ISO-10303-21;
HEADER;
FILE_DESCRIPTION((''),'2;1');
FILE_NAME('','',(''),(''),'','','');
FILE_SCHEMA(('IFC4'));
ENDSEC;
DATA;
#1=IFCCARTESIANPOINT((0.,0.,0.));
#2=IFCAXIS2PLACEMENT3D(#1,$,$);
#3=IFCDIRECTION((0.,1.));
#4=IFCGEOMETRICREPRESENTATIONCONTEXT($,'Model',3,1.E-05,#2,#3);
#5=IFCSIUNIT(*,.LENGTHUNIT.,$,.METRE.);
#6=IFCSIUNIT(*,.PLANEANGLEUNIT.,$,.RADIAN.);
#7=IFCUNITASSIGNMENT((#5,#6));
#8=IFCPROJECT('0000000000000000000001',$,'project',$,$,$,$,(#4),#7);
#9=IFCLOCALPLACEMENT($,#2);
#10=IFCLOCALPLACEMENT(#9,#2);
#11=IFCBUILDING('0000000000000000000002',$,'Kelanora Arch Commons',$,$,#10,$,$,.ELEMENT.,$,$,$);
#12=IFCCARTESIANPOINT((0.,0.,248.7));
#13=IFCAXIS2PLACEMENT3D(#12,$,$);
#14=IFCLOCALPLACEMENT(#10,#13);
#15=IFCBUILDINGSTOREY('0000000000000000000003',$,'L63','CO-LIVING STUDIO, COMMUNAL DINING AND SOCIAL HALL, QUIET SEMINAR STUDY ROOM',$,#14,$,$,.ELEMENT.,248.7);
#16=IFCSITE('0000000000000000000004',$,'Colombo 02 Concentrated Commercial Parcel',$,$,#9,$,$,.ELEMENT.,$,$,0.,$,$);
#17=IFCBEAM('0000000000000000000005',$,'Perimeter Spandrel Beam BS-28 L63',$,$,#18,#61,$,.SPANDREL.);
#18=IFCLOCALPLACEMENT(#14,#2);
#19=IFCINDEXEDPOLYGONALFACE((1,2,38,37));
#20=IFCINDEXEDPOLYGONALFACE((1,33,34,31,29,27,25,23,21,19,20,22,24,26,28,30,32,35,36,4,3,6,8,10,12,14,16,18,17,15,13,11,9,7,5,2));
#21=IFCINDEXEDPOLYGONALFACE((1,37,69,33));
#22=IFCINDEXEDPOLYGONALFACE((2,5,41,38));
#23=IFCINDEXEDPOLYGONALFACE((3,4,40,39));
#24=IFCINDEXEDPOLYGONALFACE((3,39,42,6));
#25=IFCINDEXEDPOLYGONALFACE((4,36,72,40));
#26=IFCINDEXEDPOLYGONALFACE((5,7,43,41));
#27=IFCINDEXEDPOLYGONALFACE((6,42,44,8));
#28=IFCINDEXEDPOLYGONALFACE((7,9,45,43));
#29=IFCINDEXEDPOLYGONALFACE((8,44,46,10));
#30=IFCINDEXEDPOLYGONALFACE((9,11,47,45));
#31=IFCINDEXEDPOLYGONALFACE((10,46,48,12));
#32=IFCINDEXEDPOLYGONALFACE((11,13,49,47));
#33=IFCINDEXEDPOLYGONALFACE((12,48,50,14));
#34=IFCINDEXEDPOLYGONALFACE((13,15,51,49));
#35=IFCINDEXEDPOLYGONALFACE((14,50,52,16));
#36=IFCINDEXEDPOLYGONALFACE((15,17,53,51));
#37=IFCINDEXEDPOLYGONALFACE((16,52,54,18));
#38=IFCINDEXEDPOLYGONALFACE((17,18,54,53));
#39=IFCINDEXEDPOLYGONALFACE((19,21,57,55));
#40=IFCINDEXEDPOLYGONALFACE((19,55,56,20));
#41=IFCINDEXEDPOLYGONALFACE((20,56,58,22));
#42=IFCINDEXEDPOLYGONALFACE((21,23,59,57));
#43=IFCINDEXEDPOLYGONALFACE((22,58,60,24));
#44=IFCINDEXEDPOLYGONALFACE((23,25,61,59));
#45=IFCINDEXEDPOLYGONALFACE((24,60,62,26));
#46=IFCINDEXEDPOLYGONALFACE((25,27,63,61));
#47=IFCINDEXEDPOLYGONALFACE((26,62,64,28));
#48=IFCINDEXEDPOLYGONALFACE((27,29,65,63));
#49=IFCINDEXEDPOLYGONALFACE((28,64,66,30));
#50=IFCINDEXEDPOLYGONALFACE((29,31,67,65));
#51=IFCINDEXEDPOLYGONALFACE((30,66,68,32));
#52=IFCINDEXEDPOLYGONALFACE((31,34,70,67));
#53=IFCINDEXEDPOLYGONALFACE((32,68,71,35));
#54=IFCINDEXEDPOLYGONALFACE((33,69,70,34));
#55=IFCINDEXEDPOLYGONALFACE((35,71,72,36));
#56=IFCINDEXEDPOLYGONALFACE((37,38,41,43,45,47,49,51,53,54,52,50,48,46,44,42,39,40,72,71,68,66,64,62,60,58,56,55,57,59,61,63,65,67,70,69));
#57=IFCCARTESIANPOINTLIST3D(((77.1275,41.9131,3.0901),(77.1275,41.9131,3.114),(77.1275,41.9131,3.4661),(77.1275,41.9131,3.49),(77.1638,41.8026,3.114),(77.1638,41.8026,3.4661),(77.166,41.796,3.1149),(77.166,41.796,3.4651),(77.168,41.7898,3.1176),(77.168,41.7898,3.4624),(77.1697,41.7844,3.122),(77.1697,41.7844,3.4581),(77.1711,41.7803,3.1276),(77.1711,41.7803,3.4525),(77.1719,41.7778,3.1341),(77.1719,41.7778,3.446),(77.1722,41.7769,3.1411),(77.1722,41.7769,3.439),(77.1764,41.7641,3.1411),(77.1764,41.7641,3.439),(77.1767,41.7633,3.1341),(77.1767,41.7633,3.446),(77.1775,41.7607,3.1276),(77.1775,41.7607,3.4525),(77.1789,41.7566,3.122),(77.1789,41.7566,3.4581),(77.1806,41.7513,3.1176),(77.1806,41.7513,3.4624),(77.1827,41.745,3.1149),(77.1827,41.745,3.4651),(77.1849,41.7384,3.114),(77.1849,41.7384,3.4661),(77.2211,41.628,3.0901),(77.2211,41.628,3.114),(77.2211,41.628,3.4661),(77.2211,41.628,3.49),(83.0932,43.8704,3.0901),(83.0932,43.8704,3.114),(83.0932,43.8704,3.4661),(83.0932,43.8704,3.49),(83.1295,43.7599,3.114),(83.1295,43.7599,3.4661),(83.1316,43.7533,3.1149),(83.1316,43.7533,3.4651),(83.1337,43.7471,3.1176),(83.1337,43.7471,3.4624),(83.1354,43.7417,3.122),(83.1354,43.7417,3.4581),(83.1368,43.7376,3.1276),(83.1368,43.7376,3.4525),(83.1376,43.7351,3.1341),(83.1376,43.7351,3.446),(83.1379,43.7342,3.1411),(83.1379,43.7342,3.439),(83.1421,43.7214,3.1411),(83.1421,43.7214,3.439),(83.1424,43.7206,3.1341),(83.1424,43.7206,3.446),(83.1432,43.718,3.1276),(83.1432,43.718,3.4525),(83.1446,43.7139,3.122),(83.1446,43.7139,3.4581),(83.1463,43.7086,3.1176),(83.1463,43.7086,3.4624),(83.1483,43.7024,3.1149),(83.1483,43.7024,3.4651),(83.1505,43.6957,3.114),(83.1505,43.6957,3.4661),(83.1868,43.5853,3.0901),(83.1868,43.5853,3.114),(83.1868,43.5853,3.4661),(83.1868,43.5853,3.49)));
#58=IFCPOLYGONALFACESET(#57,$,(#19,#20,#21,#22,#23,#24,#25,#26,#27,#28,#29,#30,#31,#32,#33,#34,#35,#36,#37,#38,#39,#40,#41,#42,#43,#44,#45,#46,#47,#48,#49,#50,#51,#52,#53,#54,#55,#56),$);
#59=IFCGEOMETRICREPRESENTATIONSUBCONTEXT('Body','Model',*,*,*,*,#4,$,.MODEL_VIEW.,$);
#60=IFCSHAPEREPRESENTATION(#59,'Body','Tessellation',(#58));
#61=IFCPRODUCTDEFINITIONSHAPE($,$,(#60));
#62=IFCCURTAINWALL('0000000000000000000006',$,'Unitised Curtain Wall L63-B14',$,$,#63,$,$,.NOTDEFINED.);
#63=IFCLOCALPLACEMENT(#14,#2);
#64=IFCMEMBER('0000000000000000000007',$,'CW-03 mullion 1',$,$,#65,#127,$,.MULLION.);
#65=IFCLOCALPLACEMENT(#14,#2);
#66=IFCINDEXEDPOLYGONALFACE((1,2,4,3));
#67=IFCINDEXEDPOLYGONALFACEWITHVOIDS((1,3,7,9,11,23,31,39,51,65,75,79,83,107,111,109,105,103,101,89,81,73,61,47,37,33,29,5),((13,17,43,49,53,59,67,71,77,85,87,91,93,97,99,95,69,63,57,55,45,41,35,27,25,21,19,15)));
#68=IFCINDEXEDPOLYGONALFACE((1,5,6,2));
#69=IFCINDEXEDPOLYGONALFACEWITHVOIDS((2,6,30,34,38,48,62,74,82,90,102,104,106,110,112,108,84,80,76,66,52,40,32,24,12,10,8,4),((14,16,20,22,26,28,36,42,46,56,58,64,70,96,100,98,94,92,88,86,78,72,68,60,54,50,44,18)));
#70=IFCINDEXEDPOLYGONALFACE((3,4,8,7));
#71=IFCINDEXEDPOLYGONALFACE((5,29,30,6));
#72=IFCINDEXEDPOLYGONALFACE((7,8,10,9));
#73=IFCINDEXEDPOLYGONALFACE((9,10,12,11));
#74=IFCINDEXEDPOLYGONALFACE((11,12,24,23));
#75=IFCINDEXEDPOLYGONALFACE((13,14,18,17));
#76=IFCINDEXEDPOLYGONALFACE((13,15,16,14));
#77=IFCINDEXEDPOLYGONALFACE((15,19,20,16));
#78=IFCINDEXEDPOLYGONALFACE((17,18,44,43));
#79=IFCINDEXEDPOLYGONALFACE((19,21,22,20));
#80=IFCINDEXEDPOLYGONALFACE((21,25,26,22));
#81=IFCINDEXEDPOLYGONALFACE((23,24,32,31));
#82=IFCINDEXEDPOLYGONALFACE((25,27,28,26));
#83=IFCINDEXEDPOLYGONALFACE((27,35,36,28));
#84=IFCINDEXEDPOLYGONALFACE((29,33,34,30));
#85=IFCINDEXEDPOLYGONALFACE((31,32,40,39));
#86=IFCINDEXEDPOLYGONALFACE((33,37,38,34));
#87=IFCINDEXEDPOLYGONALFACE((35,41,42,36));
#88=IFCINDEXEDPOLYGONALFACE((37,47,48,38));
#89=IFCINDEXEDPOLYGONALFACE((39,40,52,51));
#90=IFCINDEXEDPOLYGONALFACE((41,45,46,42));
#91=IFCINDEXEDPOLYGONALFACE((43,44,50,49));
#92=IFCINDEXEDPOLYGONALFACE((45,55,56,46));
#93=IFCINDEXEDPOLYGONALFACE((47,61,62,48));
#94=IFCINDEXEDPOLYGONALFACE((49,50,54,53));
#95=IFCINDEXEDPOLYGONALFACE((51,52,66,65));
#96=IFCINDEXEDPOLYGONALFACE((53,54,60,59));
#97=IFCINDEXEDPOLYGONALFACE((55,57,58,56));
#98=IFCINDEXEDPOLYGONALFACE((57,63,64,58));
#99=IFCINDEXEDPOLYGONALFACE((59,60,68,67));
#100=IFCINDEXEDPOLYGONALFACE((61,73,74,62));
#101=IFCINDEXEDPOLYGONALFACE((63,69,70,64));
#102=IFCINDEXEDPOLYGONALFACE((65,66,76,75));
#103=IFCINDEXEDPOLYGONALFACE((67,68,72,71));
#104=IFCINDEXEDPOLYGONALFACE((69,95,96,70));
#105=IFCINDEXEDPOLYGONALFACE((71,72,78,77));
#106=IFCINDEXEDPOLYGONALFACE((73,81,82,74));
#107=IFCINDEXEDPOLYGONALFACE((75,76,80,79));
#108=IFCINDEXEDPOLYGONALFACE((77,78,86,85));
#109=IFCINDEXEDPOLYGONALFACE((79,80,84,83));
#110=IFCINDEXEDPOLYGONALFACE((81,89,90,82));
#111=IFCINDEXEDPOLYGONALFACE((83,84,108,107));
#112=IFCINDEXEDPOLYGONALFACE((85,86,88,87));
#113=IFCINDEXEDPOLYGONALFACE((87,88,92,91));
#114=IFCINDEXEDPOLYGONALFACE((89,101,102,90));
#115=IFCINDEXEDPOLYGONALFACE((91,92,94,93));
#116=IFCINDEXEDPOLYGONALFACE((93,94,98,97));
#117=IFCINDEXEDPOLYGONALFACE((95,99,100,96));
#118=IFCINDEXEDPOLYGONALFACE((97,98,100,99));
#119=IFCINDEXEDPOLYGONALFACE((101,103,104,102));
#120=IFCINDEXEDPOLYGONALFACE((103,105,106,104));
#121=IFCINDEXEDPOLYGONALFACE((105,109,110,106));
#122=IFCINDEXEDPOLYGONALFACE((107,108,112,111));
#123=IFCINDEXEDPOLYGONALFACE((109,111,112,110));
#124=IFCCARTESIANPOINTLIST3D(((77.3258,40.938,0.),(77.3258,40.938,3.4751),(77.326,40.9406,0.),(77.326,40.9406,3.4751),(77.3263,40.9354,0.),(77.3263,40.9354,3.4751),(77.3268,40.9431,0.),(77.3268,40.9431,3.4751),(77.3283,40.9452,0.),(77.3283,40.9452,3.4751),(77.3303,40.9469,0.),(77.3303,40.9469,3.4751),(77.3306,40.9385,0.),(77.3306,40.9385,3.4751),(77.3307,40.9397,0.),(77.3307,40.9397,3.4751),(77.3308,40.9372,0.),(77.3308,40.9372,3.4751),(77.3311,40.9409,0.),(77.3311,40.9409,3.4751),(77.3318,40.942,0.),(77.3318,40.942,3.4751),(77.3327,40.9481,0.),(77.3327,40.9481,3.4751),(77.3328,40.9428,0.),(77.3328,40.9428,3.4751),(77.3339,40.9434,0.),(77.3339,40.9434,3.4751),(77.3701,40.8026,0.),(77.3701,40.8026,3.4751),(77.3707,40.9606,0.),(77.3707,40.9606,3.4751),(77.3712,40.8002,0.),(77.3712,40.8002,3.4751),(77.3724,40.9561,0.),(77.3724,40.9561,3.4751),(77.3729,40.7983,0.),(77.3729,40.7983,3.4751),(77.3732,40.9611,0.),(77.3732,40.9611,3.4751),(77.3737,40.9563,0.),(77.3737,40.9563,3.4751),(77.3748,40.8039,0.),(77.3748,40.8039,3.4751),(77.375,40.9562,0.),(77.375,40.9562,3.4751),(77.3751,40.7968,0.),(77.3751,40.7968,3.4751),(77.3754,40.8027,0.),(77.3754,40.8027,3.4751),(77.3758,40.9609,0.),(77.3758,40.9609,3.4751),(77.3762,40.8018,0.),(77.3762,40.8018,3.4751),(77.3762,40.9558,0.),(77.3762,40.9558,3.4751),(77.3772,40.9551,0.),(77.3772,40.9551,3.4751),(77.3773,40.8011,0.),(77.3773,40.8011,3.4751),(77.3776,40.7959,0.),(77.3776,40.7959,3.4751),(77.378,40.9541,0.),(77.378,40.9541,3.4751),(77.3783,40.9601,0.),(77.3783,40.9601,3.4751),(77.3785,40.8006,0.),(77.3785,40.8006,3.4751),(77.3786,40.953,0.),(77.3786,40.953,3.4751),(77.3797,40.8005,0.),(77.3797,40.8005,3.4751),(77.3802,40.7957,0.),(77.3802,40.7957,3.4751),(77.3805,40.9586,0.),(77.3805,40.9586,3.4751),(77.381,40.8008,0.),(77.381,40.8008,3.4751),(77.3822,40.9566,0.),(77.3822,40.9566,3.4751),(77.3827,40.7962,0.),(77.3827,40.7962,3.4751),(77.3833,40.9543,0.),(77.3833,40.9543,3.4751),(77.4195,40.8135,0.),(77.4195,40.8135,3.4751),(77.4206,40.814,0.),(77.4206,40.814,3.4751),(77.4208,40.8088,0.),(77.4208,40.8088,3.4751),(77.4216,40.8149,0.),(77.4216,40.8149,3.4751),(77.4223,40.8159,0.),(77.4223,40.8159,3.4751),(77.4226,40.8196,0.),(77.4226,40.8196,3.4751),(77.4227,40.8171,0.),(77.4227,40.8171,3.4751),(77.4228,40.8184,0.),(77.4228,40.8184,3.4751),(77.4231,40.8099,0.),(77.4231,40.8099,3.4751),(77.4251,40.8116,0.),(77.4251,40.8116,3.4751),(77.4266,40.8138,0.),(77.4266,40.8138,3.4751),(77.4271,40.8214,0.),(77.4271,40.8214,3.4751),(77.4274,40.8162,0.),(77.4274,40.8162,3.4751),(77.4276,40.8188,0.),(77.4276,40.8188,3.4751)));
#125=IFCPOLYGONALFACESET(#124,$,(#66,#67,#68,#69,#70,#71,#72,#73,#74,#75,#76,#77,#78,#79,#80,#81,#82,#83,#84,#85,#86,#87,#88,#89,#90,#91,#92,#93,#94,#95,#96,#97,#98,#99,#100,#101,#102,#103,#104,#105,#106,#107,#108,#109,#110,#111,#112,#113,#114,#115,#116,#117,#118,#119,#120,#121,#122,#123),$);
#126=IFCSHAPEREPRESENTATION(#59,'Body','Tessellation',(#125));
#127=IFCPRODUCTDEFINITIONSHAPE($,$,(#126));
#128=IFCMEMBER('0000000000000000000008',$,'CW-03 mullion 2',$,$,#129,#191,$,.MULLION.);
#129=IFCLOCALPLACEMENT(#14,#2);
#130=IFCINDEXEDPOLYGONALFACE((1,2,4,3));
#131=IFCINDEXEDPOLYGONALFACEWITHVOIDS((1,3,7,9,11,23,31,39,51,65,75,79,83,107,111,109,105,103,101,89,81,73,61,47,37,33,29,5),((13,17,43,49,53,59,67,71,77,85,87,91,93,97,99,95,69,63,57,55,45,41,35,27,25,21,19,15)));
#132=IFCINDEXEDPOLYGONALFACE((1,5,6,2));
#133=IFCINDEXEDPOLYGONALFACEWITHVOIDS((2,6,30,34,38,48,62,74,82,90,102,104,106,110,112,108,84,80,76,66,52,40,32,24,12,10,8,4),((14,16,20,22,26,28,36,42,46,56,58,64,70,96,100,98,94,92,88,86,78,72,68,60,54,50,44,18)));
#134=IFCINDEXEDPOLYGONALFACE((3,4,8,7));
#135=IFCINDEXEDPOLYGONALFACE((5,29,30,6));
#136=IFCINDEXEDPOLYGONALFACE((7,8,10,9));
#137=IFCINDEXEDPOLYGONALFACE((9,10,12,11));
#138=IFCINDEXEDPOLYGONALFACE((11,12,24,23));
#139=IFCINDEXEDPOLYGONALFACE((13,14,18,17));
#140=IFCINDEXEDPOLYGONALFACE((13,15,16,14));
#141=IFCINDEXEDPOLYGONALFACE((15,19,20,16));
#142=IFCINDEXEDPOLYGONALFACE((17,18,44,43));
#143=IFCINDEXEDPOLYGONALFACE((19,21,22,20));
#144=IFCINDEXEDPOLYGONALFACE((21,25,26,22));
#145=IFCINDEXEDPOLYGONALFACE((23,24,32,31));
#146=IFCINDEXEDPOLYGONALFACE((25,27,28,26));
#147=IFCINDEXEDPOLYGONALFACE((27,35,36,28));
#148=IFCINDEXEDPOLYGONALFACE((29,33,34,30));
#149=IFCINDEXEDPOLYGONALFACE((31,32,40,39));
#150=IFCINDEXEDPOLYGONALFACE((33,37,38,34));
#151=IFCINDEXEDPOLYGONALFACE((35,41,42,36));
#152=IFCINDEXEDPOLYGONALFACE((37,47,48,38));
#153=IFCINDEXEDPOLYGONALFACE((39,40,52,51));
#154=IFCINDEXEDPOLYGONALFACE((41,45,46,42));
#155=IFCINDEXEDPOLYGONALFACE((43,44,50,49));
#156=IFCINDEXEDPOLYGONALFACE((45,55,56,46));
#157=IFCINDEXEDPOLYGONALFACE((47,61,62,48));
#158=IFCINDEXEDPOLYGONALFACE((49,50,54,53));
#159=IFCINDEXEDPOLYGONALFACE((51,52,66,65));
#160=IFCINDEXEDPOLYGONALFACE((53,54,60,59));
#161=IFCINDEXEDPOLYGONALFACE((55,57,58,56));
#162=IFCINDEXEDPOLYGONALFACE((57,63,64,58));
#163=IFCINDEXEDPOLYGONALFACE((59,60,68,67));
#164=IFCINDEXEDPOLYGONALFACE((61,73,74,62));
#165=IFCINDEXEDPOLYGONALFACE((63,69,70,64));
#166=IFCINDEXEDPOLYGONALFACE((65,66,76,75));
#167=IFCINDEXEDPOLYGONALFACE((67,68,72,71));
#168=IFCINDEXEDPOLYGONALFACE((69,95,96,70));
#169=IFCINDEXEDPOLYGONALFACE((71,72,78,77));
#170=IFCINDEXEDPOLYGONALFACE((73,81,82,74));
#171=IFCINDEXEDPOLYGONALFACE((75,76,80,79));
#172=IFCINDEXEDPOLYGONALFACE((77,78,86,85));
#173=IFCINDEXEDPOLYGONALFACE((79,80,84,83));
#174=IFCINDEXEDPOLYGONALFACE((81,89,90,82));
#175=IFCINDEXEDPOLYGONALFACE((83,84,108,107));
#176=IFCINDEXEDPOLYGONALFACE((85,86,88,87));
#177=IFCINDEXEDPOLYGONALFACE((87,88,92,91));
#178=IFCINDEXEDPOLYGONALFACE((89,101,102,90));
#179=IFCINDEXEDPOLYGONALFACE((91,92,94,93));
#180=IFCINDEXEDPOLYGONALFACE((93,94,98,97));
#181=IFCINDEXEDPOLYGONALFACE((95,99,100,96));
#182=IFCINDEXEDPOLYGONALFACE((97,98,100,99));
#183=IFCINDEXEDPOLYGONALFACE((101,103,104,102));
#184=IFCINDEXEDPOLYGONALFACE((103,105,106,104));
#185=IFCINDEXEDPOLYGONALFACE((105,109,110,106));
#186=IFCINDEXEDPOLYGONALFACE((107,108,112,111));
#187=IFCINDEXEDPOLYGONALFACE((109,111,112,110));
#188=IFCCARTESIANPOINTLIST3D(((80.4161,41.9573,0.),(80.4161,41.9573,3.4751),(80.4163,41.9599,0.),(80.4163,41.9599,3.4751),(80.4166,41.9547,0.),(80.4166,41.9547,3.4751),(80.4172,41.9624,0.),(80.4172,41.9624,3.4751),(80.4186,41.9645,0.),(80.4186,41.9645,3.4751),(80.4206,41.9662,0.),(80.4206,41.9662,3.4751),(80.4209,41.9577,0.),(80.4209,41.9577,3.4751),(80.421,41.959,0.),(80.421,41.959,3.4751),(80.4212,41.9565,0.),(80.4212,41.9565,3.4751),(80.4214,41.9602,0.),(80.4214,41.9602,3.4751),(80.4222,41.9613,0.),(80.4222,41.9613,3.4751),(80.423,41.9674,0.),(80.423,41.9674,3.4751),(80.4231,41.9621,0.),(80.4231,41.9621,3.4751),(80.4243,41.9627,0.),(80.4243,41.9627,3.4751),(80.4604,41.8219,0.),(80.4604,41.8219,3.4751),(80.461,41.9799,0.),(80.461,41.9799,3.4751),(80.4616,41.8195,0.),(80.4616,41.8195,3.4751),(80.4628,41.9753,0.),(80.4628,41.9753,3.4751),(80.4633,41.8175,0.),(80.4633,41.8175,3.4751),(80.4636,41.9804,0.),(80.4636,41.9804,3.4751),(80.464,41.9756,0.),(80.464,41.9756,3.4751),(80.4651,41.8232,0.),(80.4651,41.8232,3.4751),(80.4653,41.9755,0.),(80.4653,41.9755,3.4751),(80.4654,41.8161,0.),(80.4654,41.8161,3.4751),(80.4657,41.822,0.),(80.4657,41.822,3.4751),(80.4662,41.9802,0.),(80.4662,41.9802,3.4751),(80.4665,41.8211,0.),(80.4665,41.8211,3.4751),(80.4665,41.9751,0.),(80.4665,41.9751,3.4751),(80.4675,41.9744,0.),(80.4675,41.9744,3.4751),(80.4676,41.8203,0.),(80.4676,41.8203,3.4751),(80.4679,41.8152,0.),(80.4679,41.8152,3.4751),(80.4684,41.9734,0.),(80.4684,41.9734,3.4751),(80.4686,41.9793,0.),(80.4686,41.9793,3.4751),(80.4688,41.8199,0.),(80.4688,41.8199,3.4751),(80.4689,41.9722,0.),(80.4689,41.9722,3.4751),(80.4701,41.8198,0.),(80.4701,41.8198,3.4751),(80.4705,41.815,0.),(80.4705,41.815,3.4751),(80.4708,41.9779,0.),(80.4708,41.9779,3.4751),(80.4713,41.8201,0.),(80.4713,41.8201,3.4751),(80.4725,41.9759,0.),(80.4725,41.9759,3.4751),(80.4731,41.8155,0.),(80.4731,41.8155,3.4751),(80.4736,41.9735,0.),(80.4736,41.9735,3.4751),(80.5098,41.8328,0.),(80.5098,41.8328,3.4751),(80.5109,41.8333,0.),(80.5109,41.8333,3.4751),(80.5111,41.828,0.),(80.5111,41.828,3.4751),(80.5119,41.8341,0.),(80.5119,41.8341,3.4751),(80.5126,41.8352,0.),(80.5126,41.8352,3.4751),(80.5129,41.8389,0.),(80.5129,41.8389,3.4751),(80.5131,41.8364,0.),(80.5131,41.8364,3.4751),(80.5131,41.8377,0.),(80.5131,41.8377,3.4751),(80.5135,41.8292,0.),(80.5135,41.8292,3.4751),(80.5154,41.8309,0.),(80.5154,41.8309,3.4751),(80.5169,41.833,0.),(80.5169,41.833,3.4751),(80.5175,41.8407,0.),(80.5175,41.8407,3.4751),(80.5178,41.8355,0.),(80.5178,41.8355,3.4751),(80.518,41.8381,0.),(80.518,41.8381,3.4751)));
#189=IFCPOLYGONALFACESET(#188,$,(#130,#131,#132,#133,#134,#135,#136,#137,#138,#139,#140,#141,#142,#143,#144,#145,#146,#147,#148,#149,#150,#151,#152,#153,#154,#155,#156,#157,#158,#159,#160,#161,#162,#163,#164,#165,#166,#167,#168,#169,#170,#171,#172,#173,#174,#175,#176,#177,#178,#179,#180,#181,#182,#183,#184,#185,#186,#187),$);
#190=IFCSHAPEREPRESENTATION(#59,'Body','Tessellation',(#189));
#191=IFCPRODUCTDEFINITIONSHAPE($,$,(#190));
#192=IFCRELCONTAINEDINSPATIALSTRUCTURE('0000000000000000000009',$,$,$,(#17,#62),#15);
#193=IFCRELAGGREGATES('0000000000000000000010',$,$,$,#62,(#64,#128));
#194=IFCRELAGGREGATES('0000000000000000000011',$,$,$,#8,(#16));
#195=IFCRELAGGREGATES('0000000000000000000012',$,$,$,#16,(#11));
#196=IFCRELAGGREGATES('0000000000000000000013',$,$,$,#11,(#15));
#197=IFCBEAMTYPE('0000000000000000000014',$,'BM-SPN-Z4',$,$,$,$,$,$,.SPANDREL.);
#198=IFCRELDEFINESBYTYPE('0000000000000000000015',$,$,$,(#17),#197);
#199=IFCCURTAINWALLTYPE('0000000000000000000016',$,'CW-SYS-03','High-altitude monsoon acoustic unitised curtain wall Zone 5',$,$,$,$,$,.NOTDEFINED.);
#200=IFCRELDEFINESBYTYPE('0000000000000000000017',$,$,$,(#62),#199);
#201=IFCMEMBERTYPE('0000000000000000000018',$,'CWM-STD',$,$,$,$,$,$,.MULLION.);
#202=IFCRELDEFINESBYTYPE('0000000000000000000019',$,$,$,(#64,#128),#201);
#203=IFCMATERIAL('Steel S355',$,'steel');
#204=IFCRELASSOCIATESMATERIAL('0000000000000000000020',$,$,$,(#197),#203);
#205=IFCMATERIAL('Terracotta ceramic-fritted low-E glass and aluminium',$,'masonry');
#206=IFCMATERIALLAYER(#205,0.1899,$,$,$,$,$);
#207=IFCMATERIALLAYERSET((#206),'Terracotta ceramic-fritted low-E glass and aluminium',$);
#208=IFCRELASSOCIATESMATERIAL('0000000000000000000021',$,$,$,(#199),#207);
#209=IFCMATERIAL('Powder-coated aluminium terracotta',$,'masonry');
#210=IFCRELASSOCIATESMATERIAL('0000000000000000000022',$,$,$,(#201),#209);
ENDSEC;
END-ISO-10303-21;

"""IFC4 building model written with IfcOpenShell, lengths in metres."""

from ifc_helpers import new_model, si_unit, direction, frame, origin, origin_2d, place, context, subcontext, project, spatial, hollow_rectangle, i_section, extrude, material, layer, layer_set, material_profile, profile_set, type_object, element, aggregate, save


model = new_model("IFC4")

# Units and contexts
model_context = context("Model", 3, precision=1e-05, world=origin(), true_north=direction((0.0, 1.0)))
body_context = subcontext(model_context, "Body", "Model", "MODEL_VIEW")
ifc_project = project(units=[si_unit("LENGTHUNIT", "METRE"), si_unit("PLANEANGLEUNIT", "RADIAN")], contexts=[model_context])

# Site, building, storey
site_placement = place(None, origin())
site = spatial("IfcSite", under=ifc_project, at=site_placement, Name="Colombo 02 Concentrated Commercial Parcel", CompositionType="ELEMENT", RefElevation=0.0)
building_placement = place(site_placement, origin())
building = spatial("IfcBuilding", under=site, at=building_placement, Name="Kelanora Arch Commons", CompositionType="ELEMENT")
storey_placement = place(building_placement, frame((0.0, 0.0, 248.7)))
storey = spatial("IfcBuildingStorey", under=building, at=storey_placement, Name="L63", Description="CO-LIVING STUDIO, COMMUNAL DINING AND SOCIAL HALL, QUIET SEMINAR STUDY ROOM", CompositionType="ELEMENT", Elevation=248.7)

# Beam
ifc_material_1 = material(Name="Steel S355", Category="steel")
ifc_material_profile_1 = material_profile(ifc_material_1, i_section(OverallWidth=0.3, OverallDepth=0.3999, WebThickness=0.0134, FlangeThickness=0.0239, FilletRadius=0.0271, at=origin_2d()), Name="HEB400")
ifc_profile_set_1 = profile_set([ifc_material_profile_1], Name="Steel S355")
beam_type_1 = type_object("IfcBeamType", Name="BM-SPN-Z4", PredefinedType="SPANDREL", material=ifc_profile_set_1)
beam_1_placement = place(storey_placement, frame((77.1743, 41.7705, 3.29), z_axis=(0.950166, 0.311745, 0.0), x_axis=(-0.311745, 0.950166, 0.0)))
element("IfcBeam", 1, at=beam_1_placement, inside=storey, type_object=beam_type_1, Name="Perimeter Spandrel Beam BS-28 L63", PredefinedType="SPANDREL", context=body_context, shape_type="SweptSolid", body=[
    extrude(i_section(OverallWidth=0.3, OverallDepth=0.3999, WebThickness=0.0134, FlangeThickness=0.0239, FilletRadius=0.0271, at=origin_2d()), origin(), (0.0, 0.0, 1.0), 6.2786),
])

# Curtain wall, members
ifc_material_2 = material(Name="Terracotta ceramic-fritted low-E glass and aluminium", Category="masonry")
ifc_layer_1 = layer(ifc_material_2, 0.1899)
ifc_layer_set_1 = layer_set([ifc_layer_1], Name="Terracotta ceramic-fritted low-E glass and aluminium")
curtain_wall_type = type_object("IfcCurtainWallType", Name="CW-SYS-03", Description="High-altitude monsoon acoustic unitised curtain wall Zone 5", PredefinedType="NOTDEFINED", material=ifc_layer_set_1)
curtain_wall_placement = place(storey_placement, origin())
curtain_wall = element("IfcCurtainWall", 2, at=curtain_wall_placement, inside=storey, type_object=curtain_wall_type, Name="Unitised Curtain Wall L63-B14", PredefinedType="NOTDEFINED")
ifc_material_3 = material(Name="Powder-coated aluminium terracotta", Category="masonry")
ifc_material_profile_2 = material_profile(ifc_material_3, hollow_rectangle(XDim=0.1599, YDim=0.0601, WallThickness=0.0049, InnerFilletRadius=0.0049, OuterFilletRadius=0.01, at=origin_2d()), Name="CWM160x60")
ifc_profile_set_2 = profile_set([ifc_material_profile_2], Name="Powder-coated aluminium terracotta")
member_type_1 = type_object("IfcMemberType", Name="CWM-STD", PredefinedType="MULLION", material=ifc_profile_set_2)
member_1_placement = place(storey_placement, frame((77.3767, 40.8784, 0.0), z_axis=(0.0, 0.0, 1.0), x_axis=(-0.313253, 0.94967, 0.0)))
member_1 = element("IfcMember", 3, at=member_1_placement, type_object=member_type_1, Name="CW-03 mullion 1", PredefinedType="MULLION", context=body_context, shape_type="SweptSolid", body=[
    extrude(hollow_rectangle(XDim=0.1599, YDim=0.0601, WallThickness=0.0049, InnerFilletRadius=0.0049, OuterFilletRadius=0.01, at=origin_2d()), origin(), (0.0, 0.0, 1.0), 3.4751),
])
member_2_placement = place(storey_placement, frame((80.467, 41.8977, 0.0), z_axis=(0.0, 0.0, 1.0), x_axis=(-0.313253, 0.94967, 0.0)))
member_2 = element("IfcMember", 4, at=member_2_placement, type_object=member_type_1, Name="CW-03 mullion 2", PredefinedType="MULLION", context=body_context, shape_type="SweptSolid", body=[
    extrude(hollow_rectangle(XDim=0.1599, YDim=0.0601, WallThickness=0.0049, InnerFilletRadius=0.0049, OuterFilletRadius=0.01, at=origin_2d()), origin(), (0.0, 0.0, 1.0), 3.4751),
])
aggregate(curtain_wall, [member_1, member_2])

save(model, "model.ifc")
